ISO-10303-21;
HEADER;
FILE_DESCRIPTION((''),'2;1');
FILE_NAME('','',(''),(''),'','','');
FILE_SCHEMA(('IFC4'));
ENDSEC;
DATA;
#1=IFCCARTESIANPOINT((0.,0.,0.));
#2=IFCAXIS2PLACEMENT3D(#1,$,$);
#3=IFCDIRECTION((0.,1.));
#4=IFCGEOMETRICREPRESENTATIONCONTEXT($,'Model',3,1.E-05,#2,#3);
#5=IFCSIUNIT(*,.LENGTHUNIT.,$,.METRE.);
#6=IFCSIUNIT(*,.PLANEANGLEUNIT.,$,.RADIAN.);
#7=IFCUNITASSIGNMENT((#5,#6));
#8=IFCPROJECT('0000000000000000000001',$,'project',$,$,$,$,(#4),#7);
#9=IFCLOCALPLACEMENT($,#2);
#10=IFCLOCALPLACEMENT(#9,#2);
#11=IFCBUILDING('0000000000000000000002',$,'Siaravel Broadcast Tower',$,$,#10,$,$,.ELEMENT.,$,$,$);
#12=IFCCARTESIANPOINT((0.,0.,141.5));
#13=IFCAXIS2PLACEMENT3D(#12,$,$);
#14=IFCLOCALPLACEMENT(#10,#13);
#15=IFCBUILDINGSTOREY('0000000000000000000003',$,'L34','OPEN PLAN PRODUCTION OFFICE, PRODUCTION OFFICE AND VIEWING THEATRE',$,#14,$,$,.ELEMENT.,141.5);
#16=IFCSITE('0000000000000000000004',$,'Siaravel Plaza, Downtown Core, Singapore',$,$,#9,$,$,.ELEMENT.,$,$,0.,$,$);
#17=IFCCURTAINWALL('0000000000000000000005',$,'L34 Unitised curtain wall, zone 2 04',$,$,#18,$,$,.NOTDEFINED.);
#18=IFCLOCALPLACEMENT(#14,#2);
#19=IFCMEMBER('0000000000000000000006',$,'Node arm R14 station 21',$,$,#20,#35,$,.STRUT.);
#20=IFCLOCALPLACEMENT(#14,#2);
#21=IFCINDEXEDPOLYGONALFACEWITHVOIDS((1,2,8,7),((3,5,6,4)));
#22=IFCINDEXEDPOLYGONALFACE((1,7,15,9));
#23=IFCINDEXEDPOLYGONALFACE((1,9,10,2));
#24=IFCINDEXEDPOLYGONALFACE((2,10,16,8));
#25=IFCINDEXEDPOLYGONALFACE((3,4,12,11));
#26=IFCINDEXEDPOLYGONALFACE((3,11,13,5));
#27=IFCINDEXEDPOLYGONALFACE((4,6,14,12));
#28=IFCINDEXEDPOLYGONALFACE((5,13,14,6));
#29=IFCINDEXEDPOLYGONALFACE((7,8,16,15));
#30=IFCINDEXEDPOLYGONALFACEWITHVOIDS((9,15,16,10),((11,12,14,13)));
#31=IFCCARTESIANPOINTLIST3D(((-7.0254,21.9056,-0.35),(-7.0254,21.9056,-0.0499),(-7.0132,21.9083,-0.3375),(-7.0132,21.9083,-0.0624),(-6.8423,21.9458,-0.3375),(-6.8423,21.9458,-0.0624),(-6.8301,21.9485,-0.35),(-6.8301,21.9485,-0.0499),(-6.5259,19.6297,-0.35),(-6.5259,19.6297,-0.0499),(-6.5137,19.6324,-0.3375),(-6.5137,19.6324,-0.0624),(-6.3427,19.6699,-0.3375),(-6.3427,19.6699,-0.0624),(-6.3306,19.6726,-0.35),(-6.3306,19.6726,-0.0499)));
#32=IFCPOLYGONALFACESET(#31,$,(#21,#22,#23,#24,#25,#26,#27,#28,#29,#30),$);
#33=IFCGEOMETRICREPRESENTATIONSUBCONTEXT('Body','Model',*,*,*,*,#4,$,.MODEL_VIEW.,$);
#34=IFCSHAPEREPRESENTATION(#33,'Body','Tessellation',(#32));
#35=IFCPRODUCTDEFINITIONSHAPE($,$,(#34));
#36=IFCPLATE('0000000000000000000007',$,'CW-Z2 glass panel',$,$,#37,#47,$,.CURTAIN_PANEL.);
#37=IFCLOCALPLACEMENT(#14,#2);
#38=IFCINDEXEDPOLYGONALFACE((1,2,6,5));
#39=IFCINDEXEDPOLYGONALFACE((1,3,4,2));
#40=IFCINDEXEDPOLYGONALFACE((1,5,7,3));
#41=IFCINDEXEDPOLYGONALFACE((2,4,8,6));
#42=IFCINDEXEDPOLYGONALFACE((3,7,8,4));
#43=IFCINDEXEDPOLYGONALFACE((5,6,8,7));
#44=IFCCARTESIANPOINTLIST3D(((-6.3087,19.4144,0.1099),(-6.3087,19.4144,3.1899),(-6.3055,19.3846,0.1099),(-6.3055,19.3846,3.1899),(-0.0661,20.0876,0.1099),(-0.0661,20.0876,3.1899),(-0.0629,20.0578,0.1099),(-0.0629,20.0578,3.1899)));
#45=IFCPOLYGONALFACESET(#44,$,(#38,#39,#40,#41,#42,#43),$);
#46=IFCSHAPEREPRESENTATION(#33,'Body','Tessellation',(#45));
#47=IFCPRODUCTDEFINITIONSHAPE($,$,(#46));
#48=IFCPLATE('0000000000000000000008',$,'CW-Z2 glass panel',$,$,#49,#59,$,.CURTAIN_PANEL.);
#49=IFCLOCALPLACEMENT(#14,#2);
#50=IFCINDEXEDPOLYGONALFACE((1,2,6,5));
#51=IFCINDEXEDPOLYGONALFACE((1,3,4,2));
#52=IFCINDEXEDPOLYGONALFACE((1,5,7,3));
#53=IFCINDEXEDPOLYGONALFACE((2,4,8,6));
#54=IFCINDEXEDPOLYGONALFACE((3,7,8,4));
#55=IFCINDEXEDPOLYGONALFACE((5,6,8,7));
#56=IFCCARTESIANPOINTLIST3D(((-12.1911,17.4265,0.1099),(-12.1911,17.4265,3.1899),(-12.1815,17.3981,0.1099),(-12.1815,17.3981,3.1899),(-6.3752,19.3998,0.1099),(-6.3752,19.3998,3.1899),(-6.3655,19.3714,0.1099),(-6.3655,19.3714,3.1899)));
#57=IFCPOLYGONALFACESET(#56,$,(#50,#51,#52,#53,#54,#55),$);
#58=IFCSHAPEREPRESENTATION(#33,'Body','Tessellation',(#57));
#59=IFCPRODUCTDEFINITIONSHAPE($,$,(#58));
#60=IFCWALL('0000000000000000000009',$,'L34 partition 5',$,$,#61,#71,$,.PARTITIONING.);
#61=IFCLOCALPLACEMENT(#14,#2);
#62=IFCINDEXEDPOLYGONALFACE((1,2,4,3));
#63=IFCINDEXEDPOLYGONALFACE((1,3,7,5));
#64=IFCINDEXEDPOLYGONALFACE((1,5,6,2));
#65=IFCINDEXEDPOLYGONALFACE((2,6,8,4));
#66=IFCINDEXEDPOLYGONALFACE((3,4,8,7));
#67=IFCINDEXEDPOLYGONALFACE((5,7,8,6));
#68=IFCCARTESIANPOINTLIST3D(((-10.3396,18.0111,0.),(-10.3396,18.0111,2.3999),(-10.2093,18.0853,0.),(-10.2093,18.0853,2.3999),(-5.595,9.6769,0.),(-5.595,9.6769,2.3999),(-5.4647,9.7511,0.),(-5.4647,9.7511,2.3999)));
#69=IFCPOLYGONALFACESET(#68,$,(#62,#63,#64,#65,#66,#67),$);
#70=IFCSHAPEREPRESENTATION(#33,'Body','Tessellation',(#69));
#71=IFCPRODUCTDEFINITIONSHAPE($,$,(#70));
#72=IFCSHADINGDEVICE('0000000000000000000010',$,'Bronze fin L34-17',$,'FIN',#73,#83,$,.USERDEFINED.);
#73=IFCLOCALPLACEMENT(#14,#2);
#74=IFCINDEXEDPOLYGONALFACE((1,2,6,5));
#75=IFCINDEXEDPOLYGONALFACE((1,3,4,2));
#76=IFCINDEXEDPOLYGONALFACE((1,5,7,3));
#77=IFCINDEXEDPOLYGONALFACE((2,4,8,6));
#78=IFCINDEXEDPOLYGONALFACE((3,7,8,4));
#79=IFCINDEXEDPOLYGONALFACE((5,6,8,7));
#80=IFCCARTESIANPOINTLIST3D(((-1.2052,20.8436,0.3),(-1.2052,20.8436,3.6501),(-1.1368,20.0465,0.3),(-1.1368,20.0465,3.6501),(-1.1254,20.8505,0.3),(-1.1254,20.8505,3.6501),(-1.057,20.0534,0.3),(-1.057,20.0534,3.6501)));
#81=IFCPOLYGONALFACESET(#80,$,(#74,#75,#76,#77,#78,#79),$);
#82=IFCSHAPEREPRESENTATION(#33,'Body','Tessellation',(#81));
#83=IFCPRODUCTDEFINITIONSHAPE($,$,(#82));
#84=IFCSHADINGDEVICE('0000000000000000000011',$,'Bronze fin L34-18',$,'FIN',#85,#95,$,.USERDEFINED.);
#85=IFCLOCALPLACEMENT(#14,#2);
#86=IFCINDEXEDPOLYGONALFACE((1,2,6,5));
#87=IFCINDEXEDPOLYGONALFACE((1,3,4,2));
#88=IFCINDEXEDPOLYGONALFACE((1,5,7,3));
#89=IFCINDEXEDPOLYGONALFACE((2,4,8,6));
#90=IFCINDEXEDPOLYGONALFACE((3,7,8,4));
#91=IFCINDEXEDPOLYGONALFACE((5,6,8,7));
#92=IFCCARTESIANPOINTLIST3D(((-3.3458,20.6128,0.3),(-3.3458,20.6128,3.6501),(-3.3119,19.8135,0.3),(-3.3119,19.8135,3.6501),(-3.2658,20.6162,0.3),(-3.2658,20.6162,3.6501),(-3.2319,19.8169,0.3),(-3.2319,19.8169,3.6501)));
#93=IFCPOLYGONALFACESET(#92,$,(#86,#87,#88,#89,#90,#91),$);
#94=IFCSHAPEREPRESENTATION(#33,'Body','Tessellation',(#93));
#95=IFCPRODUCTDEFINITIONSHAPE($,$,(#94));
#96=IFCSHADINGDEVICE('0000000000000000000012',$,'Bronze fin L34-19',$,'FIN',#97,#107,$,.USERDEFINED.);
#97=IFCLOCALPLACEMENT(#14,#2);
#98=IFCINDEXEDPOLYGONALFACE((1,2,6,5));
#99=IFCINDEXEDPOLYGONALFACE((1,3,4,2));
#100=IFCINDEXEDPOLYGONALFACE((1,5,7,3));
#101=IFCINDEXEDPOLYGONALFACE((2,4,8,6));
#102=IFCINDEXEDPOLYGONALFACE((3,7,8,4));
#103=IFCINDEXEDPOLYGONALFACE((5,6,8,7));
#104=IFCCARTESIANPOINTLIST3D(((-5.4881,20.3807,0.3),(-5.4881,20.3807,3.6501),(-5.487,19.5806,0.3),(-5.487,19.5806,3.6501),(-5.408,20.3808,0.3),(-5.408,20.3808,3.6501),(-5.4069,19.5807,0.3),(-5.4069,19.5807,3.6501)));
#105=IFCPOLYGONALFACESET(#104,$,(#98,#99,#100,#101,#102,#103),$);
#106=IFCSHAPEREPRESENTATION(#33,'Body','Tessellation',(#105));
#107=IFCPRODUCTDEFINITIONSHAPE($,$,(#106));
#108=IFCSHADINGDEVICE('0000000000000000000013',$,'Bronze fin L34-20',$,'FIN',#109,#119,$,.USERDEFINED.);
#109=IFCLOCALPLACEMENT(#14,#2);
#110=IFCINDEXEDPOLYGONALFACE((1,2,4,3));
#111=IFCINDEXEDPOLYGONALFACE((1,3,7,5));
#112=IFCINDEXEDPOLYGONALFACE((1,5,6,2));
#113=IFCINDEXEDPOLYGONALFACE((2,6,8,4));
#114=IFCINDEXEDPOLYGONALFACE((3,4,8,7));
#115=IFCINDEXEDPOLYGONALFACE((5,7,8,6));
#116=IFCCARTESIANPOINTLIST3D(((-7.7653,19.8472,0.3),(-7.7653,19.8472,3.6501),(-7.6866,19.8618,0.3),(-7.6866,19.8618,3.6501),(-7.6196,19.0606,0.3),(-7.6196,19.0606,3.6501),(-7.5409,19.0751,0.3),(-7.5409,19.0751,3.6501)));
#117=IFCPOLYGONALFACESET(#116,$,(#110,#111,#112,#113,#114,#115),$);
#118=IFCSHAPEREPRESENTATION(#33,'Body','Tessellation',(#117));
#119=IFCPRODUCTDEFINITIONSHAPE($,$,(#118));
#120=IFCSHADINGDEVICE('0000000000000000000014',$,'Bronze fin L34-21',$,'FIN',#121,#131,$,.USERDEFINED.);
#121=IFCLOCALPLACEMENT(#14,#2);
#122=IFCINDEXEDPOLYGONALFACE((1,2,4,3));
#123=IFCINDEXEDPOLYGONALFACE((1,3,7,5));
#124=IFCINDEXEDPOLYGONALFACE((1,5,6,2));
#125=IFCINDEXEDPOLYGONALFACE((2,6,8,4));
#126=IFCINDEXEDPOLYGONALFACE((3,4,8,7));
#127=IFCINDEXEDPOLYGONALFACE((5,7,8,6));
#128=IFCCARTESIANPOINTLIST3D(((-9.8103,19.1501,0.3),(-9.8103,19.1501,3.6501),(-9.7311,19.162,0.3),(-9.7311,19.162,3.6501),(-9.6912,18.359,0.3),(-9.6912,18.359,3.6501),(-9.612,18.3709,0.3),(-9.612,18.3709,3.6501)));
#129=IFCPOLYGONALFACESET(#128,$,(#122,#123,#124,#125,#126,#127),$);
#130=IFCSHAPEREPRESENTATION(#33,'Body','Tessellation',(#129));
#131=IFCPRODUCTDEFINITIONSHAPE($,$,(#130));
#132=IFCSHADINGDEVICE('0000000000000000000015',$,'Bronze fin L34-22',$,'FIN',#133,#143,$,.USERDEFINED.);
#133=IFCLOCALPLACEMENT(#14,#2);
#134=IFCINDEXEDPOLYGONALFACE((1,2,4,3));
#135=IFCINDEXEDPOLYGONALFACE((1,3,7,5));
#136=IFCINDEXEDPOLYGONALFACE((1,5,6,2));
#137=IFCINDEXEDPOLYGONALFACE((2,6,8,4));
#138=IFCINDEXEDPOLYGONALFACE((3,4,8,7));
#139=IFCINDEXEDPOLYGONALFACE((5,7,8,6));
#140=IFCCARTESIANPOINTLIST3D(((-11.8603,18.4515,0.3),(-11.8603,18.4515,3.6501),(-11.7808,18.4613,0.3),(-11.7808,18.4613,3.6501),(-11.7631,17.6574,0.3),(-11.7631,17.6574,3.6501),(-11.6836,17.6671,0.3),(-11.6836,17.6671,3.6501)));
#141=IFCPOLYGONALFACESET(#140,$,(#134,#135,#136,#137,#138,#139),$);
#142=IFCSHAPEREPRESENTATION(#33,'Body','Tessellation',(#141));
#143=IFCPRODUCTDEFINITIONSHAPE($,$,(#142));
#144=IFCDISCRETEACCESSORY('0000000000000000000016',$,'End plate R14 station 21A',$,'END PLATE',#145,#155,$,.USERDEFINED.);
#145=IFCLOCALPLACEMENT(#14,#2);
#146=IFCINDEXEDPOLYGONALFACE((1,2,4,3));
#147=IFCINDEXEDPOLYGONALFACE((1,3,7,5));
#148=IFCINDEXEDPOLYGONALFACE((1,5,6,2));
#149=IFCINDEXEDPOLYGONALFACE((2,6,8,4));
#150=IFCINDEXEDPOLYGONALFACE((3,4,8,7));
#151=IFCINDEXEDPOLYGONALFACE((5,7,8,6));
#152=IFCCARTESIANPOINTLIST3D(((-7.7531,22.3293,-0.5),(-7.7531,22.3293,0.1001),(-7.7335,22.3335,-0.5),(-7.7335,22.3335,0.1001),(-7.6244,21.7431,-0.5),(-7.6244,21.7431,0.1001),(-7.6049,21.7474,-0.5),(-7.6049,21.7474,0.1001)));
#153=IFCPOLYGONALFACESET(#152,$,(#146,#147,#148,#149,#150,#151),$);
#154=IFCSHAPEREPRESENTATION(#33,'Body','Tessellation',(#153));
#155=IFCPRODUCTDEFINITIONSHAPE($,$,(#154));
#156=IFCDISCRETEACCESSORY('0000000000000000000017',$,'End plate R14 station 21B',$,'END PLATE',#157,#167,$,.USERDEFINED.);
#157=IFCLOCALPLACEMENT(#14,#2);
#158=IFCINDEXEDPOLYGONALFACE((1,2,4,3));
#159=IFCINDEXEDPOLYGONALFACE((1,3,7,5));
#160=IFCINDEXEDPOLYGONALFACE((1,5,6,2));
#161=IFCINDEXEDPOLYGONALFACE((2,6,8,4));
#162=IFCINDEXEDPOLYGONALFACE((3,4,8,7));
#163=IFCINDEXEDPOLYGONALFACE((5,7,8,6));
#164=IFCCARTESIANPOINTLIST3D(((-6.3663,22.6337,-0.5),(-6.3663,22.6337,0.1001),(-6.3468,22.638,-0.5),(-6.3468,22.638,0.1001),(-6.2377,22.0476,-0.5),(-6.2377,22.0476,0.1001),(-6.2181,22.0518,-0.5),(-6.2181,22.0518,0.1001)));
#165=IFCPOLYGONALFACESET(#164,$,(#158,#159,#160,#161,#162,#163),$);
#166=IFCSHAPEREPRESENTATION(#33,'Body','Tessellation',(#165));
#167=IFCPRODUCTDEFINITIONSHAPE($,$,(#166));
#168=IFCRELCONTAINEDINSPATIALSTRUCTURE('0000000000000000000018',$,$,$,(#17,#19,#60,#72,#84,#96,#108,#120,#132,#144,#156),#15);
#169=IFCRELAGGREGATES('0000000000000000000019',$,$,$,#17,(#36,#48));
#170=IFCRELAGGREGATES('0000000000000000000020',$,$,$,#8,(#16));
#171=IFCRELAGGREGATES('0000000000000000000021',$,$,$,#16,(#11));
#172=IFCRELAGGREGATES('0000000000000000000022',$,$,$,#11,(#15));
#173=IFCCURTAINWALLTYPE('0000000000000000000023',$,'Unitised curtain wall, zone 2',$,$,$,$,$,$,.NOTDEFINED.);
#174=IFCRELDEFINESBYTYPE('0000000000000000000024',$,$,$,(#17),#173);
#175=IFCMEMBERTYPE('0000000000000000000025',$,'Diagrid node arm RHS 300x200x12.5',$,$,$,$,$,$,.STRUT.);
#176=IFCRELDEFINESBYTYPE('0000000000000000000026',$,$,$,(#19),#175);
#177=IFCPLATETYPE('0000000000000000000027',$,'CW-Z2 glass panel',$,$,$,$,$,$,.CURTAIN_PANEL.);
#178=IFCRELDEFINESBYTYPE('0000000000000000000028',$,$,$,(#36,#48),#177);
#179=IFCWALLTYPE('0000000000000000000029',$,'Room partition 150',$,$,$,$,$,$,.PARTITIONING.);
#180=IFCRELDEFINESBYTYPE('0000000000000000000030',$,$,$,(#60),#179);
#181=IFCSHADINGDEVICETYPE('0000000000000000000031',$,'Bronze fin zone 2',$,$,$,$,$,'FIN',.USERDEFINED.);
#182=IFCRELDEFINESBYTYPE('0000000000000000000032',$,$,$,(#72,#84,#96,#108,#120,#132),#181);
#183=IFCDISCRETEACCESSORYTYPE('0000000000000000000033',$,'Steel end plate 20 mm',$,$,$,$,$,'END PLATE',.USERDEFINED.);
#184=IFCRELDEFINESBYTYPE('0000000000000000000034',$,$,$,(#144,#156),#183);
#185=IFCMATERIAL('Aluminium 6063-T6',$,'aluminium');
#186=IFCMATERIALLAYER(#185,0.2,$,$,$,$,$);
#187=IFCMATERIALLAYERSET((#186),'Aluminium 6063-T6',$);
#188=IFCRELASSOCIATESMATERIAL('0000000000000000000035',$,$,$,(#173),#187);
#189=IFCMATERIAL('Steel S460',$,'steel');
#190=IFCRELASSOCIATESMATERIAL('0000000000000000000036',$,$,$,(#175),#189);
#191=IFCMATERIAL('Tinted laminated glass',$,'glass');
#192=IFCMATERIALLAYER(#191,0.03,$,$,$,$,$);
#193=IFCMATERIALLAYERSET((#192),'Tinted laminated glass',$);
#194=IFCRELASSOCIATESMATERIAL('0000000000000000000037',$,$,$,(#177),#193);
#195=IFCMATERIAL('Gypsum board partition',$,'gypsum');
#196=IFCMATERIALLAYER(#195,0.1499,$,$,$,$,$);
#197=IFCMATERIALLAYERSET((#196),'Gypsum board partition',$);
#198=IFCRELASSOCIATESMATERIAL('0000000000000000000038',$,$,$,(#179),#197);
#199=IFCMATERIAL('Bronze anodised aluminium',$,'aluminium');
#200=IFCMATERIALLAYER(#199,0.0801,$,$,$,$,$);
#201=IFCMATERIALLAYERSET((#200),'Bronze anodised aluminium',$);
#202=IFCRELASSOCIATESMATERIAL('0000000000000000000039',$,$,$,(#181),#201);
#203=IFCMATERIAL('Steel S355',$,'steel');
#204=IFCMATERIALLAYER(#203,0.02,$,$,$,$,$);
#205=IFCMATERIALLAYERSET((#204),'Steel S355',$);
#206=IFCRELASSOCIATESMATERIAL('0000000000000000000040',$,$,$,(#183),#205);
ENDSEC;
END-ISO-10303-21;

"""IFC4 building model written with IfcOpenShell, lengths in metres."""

from ifc_helpers import new_model, si_unit, direction, frame, frame_2d, origin, origin_2d, place, context, subcontext, project, spatial, rectangle, hollow_rectangle, extrude, material, layer, layer_set, material_profile, profile_set, type_object, element, aggregate, save


model = new_model("IFC4")

# Units and contexts
model_context = context("Model", 3, precision=1e-05, world=origin(), true_north=direction((0.0, 1.0)))
body_context = subcontext(model_context, "Body", "Model", "MODEL_VIEW")
ifc_project = project(units=[si_unit("LENGTHUNIT", "METRE"), si_unit("PLANEANGLEUNIT", "RADIAN")], contexts=[model_context])

# Site, building, storey
site_placement = place(None, origin())
site = spatial("IfcSite", under=ifc_project, at=site_placement, Name="Siaravel Plaza, Downtown Core, Singapore", CompositionType="ELEMENT", RefElevation=0.0)
building_placement = place(site_placement, origin())
building = spatial("IfcBuilding", under=site, at=building_placement, Name="Siaravel Broadcast Tower", CompositionType="ELEMENT")
storey_placement = place(building_placement, frame((0.0, 0.0, 141.5)))
storey = spatial("IfcBuildingStorey", under=building, at=storey_placement, Name="L34", Description="OPEN PLAN PRODUCTION OFFICE, PRODUCTION OFFICE AND VIEWING THEATRE", CompositionType="ELEMENT", Elevation=141.5)

# Shared definitions
ifc_material_1 = material(Name="Steel S355", Category="steel")

# Curtain wall
ifc_material_2 = material(Name="Aluminium 6063-T6", Category="aluminium")
ifc_layer_1 = layer(ifc_material_2, 0.2)
ifc_layer_set_1 = layer_set([ifc_layer_1], Name="Aluminium 6063-T6")
curtain_wall_type = type_object("IfcCurtainWallType", Name="Unitised curtain wall, zone 2", PredefinedType="NOTDEFINED", material=ifc_layer_set_1)
curtain_wall_placement = place(storey_placement, origin())
curtain_wall = element("IfcCurtainWall", 1, at=curtain_wall_placement, inside=storey, type_object=curtain_wall_type, Name="L34 Unitised curtain wall, zone 2 04", PredefinedType="NOTDEFINED")

# Member
ifc_material_3 = material(Name="Steel S460", Category="steel")
ifc_material_profile_1 = material_profile(ifc_material_3, hollow_rectangle(XDim=0.2, YDim=0.3, WallThickness=0.0125, at=origin_2d()))
ifc_profile_set_1 = profile_set([ifc_material_profile_1], Name="Steel S460")
member_type_1 = type_object("IfcMemberType", Name="Diagrid node arm RHS 300x200x12.5", PredefinedType="STRUT", material=ifc_profile_set_1)
member_1_placement = place(storey_placement, frame((-6.4282, 19.6511, -0.2), z_axis=(-0.214378, 0.976751, 0.0), x_axis=(-0.976751, -0.214378, 0.0)))
element("IfcMember", 2, at=member_1_placement, inside=storey, type_object=member_type_1, Name="Node arm R14 station 21", PredefinedType="STRUT", context=body_context, shape_type="SweptSolid", body=[
    extrude(hollow_rectangle(XDim=0.2, YDim=0.3, WallThickness=0.0125, at=origin_2d()), origin(), (0.0, 0.0, 1.0), 2.3301),
])

# Plates
ifc_material_4 = material(Name="Tinted laminated glass", Category="glass")
ifc_layer_2 = layer(ifc_material_4, 0.03)
ifc_layer_set_2 = layer_set([ifc_layer_2], Name="Tinted laminated glass")
plate_type = type_object("IfcPlateType", Name="CW-Z2 glass panel", PredefinedType="CURTAIN_PANEL", material=ifc_layer_set_2)
plate_1_placement = place(storey_placement, frame((-3.1858, 19.7361, 0.1099), z_axis=(0.0, 0.0, 1.0), x_axis=(-0.994236, -0.107218, 0.0)))
plate_1 = element("IfcPlate", 3, at=plate_1_placement, type_object=plate_type, Name="CW-Z2 glass panel", PredefinedType="CURTAIN_PANEL", context=body_context, shape_type="SweptSolid", body=[
    extrude(rectangle(XDim=6.2788, YDim=0.03, at=origin_2d()), origin(), (0.0, 0.0, 1.0), 3.0801),
])
plate_2_placement = place(storey_placement, frame((-9.2783, 18.3989, 0.1099), z_axis=(0.0, 0.0, 1.0), x_axis=(-0.946977, -0.321301, 0.0)))
plate_2 = element("IfcPlate", 4, at=plate_2_placement, type_object=plate_type, Name="CW-Z2 glass panel", PredefinedType="CURTAIN_PANEL", context=body_context, shape_type="SweptSolid", body=[
    extrude(rectangle(XDim=6.1416, YDim=0.03, at=origin_2d()), origin(), (0.0, 0.0, 1.0), 3.0801),
])
aggregate(curtain_wall, [plate_1, plate_2])

# Wall
ifc_material_5 = material(Name="Gypsum board partition", Category="gypsum")
ifc_layer_3 = layer(ifc_material_5, 0.1499)
ifc_layer_set_3 = layer_set([ifc_layer_3], Name="Gypsum board partition")
wall_type = type_object("IfcWallType", Name="Room partition 150", PredefinedType="PARTITIONING", material=ifc_layer_set_3)
wall_placement = place(storey_placement, frame((-10.2744, 18.0481, 0.0), z_axis=(0.0, 0.0, 1.0), x_axis=(0.49474, -0.869041, 0.0)))
element("IfcWall", 5, at=wall_placement, inside=storey, type_object=wall_type, Name="L34 partition 5", PredefinedType="PARTITIONING", context=body_context, shape_type="SweptSolid", body=[
    extrude(rectangle(XDim=9.5901, YDim=0.1499, at=frame_2d((4.7949, 0.0))), origin(), (0.0, 0.0, 1.0), 2.3999),
])

# Shading devices
ifc_material_6 = material(Name="Bronze anodised aluminium", Category="aluminium")
ifc_layer_4 = layer(ifc_material_6, 0.0801)
ifc_layer_set_4 = layer_set([ifc_layer_4], Name="Bronze anodised aluminium")
shading_device_type = type_object("IfcShadingDeviceType", Name="Bronze fin zone 2", ElementType="FIN", PredefinedType="USERDEFINED", material=ifc_layer_set_4)
for number, where, z_axis, x_axis, name in (
    (6, (-1.1311, 20.4485, 0.3), (0.0, 0.0, 1.0), (-0.085556, 0.996333, 0.0), "Bronze fin L34-17"),
    (7, (-3.2888, 20.2148, 0.3), (0.0, 0.0, 1.0), (-0.042406, 0.9991, 0.0), "Bronze fin L34-18"),
    (8, (-5.4475, 19.9807, 0.3), (0.0, 0.0, 1.0), (-0.001307, 0.999999, 0.0), "Bronze fin L34-19"),
    (9, (-7.6531, 19.4612, 0.3), (0.0, 0.0, 1.0), (-0.182131, 0.983274, 0.0), "Bronze fin L34-20"),
    (10, (-9.7112, 18.7605, 0.3), (0.0, 0.0, 1.0), (-0.148867, 0.988857, 0.0), "Bronze fin L34-21"),
    (11, (-11.772, 18.0593, 0.3), (0.0, 0.0, 1.0), (-0.121469, 0.992595, 0.0), "Bronze fin L34-22"),
):
    element("IfcShadingDevice", number, at=place(storey_placement, frame(where, z_axis=z_axis, x_axis=x_axis)), inside=storey, type_object=shading_device_type, Name=name, ObjectType="FIN", PredefinedType="USERDEFINED", context=body_context, shape_type="SweptSolid", body=[
        extrude(rectangle(XDim=0.8, YDim=0.0801, at=origin_2d()), origin(), (0.0, 0.0, 1.0), 3.3501),
    ])

# Discrete accessories
ifc_layer_5 = layer(ifc_material_1, 0.02)
ifc_layer_set_5 = layer_set([ifc_layer_5], Name="Steel S355")
discrete_accessory_type = type_object("IfcDiscreteAccessoryType", Name="Steel end plate 20 mm", ElementType="END PLATE", PredefinedType="USERDEFINED", material=ifc_layer_set_5)
for number, where, z_axis, x_axis, name in (
    (12, (-7.679, 22.0383, -0.5), (0.0, 0.0, 1.0), (-0.976751, -0.214379, 0.0), "End plate R14 station 21A"),
    (13, (-6.2922, 22.3428, -0.5), (0.0, 0.0, 1.0), (-0.976751, -0.214379, 0.0), "End plate R14 station 21B"),
):
    element("IfcDiscreteAccessory", number, at=place(storey_placement, frame(where, z_axis=z_axis, x_axis=x_axis)), inside=storey, type_object=discrete_accessory_type, Name=name, ObjectType="END PLATE", PredefinedType="USERDEFINED", context=body_context, shape_type="SweptSolid", body=[
        extrude(rectangle(XDim=0.02, YDim=0.6001, at=origin_2d()), origin(), (0.0, 0.0, 1.0), 0.6001),
    ])

save(model, "model.ifc")
